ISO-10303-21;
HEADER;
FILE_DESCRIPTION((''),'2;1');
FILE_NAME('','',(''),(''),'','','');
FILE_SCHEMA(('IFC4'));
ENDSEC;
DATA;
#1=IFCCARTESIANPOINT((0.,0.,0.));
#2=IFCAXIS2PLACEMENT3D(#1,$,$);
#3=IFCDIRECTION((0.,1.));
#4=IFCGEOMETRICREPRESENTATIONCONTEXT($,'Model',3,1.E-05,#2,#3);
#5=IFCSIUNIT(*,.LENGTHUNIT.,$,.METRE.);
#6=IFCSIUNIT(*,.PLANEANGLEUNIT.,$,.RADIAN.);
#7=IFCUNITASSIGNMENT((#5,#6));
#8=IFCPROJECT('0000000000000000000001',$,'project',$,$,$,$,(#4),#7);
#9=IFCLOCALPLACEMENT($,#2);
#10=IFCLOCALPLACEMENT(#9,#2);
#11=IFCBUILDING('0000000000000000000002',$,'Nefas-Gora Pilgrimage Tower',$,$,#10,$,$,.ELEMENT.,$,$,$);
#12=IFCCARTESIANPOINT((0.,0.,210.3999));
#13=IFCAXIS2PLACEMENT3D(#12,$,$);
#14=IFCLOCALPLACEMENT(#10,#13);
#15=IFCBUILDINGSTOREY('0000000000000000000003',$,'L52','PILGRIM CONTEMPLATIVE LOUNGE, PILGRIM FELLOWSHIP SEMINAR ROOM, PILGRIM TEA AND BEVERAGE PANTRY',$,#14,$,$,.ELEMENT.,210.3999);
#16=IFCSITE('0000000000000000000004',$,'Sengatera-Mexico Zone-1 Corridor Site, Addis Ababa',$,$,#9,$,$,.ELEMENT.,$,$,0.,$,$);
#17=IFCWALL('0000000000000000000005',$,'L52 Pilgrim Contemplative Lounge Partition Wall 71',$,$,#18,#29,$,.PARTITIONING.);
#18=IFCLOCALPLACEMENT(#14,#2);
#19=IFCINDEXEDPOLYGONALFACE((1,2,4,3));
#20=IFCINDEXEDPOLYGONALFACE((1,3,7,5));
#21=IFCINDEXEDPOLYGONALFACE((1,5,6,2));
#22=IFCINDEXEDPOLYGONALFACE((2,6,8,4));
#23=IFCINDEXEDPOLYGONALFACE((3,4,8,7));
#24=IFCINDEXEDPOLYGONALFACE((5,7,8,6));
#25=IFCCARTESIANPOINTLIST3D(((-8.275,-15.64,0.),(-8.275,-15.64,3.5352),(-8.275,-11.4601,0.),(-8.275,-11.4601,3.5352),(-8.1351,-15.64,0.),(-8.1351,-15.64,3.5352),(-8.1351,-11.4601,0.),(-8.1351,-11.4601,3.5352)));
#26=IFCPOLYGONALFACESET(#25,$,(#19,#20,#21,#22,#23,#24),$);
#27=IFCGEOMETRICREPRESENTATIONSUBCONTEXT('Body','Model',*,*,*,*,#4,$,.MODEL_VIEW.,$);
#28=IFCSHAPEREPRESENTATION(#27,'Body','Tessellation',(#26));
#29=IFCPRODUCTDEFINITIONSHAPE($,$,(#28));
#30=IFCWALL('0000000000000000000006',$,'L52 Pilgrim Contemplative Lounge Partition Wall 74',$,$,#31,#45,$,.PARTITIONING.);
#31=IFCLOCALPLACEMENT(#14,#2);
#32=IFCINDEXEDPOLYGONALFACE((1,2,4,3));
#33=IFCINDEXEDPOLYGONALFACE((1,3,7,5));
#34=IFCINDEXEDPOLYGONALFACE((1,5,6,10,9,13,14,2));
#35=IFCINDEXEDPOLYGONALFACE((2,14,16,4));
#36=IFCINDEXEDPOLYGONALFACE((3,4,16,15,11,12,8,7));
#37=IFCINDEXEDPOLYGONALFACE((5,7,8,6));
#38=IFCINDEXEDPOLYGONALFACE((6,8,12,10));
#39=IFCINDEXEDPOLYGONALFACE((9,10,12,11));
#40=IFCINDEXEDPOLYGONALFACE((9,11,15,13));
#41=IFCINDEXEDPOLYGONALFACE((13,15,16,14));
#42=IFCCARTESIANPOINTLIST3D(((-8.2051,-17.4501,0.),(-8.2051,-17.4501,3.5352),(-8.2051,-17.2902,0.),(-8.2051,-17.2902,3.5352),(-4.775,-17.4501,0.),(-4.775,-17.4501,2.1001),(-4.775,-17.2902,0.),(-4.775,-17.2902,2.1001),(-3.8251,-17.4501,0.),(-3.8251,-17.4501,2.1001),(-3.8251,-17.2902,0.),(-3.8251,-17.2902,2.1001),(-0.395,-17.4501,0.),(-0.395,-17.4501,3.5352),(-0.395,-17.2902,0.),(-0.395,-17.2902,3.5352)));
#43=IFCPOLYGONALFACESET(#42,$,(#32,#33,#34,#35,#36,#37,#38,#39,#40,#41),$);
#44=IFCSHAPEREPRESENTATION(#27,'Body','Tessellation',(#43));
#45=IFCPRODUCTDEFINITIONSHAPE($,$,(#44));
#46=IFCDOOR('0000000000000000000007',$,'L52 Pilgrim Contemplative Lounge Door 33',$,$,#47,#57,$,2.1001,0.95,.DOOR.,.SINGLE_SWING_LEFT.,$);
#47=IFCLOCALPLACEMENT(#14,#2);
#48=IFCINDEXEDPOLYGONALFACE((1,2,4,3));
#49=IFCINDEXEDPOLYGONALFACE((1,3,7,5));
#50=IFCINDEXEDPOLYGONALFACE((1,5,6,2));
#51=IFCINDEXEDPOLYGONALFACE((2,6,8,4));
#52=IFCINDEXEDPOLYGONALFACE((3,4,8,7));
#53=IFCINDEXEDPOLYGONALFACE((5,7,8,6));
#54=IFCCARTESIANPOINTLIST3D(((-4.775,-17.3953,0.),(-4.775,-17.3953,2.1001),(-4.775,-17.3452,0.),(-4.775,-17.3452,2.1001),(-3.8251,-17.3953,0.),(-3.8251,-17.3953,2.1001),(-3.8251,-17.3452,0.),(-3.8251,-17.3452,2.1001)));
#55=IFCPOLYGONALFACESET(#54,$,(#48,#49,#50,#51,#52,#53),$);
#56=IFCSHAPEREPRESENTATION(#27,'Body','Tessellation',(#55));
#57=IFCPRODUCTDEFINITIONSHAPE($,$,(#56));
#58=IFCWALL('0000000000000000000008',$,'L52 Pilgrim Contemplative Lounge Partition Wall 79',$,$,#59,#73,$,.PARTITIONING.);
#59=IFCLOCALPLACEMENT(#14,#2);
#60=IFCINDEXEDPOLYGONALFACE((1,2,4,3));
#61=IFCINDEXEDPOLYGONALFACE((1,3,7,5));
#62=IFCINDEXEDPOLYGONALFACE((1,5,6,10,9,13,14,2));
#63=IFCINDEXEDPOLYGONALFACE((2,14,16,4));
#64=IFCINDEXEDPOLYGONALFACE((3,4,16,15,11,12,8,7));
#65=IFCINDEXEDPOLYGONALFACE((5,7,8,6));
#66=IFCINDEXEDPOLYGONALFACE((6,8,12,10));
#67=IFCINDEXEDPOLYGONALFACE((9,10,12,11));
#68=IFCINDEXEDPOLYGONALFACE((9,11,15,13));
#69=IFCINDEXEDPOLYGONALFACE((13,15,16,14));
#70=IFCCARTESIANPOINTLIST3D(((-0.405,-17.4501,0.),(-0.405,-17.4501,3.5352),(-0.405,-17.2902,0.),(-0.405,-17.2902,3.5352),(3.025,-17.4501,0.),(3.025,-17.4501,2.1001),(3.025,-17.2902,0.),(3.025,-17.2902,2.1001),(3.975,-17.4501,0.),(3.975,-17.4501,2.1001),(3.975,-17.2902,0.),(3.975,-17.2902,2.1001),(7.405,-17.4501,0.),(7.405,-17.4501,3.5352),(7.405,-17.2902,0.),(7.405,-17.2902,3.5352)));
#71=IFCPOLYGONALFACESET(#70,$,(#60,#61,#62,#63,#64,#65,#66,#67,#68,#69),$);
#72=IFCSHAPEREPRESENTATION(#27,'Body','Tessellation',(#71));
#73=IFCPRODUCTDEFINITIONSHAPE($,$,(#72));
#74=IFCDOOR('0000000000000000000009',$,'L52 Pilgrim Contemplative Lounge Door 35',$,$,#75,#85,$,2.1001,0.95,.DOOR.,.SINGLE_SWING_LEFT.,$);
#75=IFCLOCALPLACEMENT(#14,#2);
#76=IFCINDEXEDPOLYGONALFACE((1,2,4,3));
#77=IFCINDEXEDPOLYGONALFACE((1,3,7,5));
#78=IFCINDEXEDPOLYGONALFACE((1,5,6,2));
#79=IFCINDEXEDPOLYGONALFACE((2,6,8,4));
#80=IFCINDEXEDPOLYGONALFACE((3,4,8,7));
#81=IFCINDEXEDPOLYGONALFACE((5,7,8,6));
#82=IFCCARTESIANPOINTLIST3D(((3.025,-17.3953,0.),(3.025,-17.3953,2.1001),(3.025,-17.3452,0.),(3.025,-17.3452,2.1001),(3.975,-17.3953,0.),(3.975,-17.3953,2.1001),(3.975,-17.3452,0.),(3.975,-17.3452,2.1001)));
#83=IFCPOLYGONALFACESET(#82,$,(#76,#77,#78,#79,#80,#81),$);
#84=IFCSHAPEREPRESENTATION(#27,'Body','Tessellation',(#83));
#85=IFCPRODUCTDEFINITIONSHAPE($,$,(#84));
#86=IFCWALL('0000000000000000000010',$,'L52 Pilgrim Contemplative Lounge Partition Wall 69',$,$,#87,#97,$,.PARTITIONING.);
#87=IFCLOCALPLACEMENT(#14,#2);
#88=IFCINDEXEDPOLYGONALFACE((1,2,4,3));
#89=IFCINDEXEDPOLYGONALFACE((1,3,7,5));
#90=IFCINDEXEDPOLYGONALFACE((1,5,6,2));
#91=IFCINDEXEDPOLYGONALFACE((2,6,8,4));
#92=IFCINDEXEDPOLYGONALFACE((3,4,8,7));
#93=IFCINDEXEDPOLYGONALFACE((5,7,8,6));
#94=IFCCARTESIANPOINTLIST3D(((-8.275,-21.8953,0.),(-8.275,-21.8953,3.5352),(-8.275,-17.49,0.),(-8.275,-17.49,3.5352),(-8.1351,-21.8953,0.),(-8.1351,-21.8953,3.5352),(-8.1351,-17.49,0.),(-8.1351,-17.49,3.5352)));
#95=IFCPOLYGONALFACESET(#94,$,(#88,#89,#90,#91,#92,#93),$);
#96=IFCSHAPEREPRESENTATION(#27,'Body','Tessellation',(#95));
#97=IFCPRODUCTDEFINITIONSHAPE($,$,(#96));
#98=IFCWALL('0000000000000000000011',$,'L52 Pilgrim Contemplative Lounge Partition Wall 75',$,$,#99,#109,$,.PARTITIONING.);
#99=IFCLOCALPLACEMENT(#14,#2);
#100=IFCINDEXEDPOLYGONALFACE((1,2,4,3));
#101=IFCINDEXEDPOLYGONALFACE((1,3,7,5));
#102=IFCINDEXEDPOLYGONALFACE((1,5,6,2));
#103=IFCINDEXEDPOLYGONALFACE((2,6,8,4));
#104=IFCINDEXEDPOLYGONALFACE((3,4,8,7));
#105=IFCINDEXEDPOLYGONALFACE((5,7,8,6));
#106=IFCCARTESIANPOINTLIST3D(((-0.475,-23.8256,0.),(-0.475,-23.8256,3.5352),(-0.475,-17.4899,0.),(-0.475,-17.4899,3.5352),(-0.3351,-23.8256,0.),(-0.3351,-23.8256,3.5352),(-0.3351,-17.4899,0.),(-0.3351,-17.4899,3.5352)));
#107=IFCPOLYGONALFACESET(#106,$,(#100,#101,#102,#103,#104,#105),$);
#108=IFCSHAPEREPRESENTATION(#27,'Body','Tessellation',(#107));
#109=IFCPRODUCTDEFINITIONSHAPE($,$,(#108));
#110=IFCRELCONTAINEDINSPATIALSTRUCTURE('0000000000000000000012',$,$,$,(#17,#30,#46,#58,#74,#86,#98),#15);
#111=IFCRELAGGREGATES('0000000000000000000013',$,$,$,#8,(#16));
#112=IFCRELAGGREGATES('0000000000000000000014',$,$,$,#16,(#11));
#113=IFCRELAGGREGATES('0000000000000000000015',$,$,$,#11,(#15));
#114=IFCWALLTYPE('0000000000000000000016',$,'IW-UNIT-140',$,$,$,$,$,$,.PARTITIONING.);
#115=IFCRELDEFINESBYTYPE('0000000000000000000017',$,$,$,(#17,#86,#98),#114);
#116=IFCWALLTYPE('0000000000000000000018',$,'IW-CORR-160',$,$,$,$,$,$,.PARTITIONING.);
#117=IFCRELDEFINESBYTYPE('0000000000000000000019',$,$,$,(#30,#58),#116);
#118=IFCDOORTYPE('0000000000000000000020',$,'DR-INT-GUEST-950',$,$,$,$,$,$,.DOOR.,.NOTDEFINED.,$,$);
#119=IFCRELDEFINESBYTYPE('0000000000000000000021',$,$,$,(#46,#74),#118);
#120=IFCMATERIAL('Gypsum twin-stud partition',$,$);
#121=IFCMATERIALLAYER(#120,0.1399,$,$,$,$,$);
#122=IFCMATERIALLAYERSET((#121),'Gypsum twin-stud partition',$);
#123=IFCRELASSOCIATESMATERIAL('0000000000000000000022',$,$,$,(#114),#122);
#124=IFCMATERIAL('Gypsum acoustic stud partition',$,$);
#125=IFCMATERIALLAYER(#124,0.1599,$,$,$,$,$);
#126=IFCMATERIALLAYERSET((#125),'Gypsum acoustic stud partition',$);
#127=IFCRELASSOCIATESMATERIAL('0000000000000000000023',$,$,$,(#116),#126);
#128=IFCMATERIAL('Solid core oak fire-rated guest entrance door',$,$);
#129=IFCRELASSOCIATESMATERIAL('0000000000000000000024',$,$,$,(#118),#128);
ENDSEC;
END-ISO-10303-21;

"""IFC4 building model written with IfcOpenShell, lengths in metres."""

from ifc_helpers import new_model, si_unit, direction, frame, frame_2d, origin, place, context, subcontext, project, spatial, rectangle, extrude, source, transform, mapped, material, layer, layer_set, type_object, element, fill, save


model = new_model("IFC4")

# Units and contexts
model_context = context("Model", 3, precision=1e-05, world=origin(), true_north=direction((0.0, 1.0)))
body_context = subcontext(model_context, "Body", "Model", "MODEL_VIEW")
ifc_project = project(units=[si_unit("LENGTHUNIT", "METRE"), si_unit("PLANEANGLEUNIT", "RADIAN")], contexts=[model_context])

# Site, building, storey
site_placement = place(None, origin())
site = spatial("IfcSite", under=ifc_project, at=site_placement, Name="Sengatera-Mexico Zone-1 Corridor Site, Addis Ababa", CompositionType="ELEMENT", RefElevation=0.0)
building_placement = place(site_placement, origin())
building = spatial("IfcBuilding", under=site, at=building_placement, Name="Nefas-Gora Pilgrimage Tower", CompositionType="ELEMENT")
storey_placement = place(building_placement, frame((0.0, 0.0, 210.3999)))
storey = spatial("IfcBuildingStorey", under=building, at=storey_placement, Name="L52", Description="PILGRIM CONTEMPLATIVE LOUNGE, PILGRIM FELLOWSHIP SEMINAR ROOM, PILGRIM TEA AND BEVERAGE PANTRY", CompositionType="ELEMENT", Elevation=210.3999)

# Wall
ifc_material_1 = material(Name="Gypsum twin-stud partition")
ifc_layer_1 = layer(ifc_material_1, 0.1399)
ifc_layer_set_1 = layer_set([ifc_layer_1], Name="Gypsum twin-stud partition")
wall_type_1 = type_object("IfcWallType", Name="IW-UNIT-140", PredefinedType="PARTITIONING", material=ifc_layer_set_1)
shared_shape_1 = source(origin(), body_context, "Body", "SweptSolid", [
    extrude(rectangle(XDim=4.1799, YDim=0.1399, at=frame_2d((2.0898, 0.0))), origin(), (0.0, 0.0, 1.0), 3.5352),
])
wall_1_placement = place(storey_placement, frame((-8.2051, -15.6399, 0.0), z_axis=(0.0, 0.0, 1.0), x_axis=(0.0, 1.0, 0.0)))
element("IfcWall", 1, at=wall_1_placement, inside=storey, type_object=wall_type_1, Name="L52 Pilgrim Contemplative Lounge Partition Wall 71", PredefinedType="PARTITIONING", context=body_context, shape_type="MappedRepresentation", body=[
    mapped(shared_shape_1, transform((0.0, 0.0, 0.0), x_axis=(1.0, 0.0, 0.0), y_axis=(0.0, 1.0, 0.0), z_axis=(0.0, 0.0, 1.0), scale=1.0)),
])

# Walls, openings, doors
ifc_material_2 = material(Name="Gypsum acoustic stud partition")
ifc_layer_2 = layer(ifc_material_2, 0.1599)
ifc_layer_set_2 = layer_set([ifc_layer_2], Name="Gypsum acoustic stud partition")
wall_type_2 = type_object("IfcWallType", Name="IW-CORR-160", PredefinedType="PARTITIONING", material=ifc_layer_set_2)
shared_shape_2 = source(origin(), body_context, "Body", "SweptSolid", [
    extrude(rectangle(XDim=7.8101, YDim=0.1599, at=frame_2d((3.905, 0.0))), origin(), (0.0, 0.0, 1.0), 3.5352),
])
wall_2_placement = place(storey_placement, frame((-8.2051, -17.3701, 0.0), z_axis=(0.0, 0.0, 1.0), x_axis=(1.0, 0.0, 0.0)))
wall_2 = element("IfcWall", 2, at=wall_2_placement, inside=storey, type_object=wall_type_2, Name="L52 Pilgrim Contemplative Lounge Partition Wall 74", PredefinedType="PARTITIONING", context=body_context, shape_type="MappedRepresentation", body=[
    mapped(shared_shape_2, transform((0.0, 0.0, 0.0), x_axis=(1.0, 0.0, 0.0), y_axis=(0.0, 1.0, 0.0), z_axis=(0.0, 0.0, 1.0), scale=1.0)),
])
opening_1_placement = place(wall_2_placement, frame((3.4299, 0.0, 0.0)))
opening_1 = element("IfcOpeningElement", 3, at=opening_1_placement, cuts=wall_2, PredefinedType="OPENING", context=body_context, shape_type="SweptSolid", body=[
    extrude(rectangle(XDim=0.95, YDim=2.1001, at=frame_2d((0.4751, 1.05))), frame((0.0, 0.0898, 0.0), z_axis=(0.0, -1.0, 0.0), x_axis=(1.0, 0.0, 0.0)), (0.0, 0.0, 1.0), 0.1799),
])
ifc_material_3 = material(Name="Solid core oak fire-rated guest entrance door")
door_type_1 = type_object("IfcDoorType", Name="DR-INT-GUEST-950", OperationType="NOTDEFINED", PredefinedType="DOOR", material=ifc_material_3)
shared_shape_3 = source(origin(), body_context, "Body", "SweptSolid", [
    extrude(rectangle(XDim=0.95, YDim=2.1001, at=frame_2d((0.4751, 1.05))), frame((0.0, 0.0249, 0.0), z_axis=(0.0, -1.0, 0.0), x_axis=(1.0, 0.0, 0.0)), (0.0, 0.0, 1.0), 0.05),
])
door_1_placement = place(opening_1_placement, origin())
door_1 = element("IfcDoor", 4, at=door_1_placement, inside=storey, type_object=door_type_1, Name="L52 Pilgrim Contemplative Lounge Door 33", OperationType="SINGLE_SWING_LEFT", OverallHeight=2.1001, OverallWidth=0.95, PredefinedType="DOOR", context=body_context, shape_type="MappedRepresentation", body=[
    mapped(shared_shape_3, transform((0.0, 0.0, 0.0), x_axis=(1.0, 0.0, 0.0), y_axis=(0.0, 1.0, 0.0), z_axis=(0.0, 0.0, 1.0), scale=1.0)),
])
fill(opening_1, door_1)
wall_3_placement = place(storey_placement, frame((-0.405, -17.3701, 0.0), z_axis=(0.0, 0.0, 1.0), x_axis=(1.0, 0.0, 0.0)))
wall_3 = element("IfcWall", 5, at=wall_3_placement, inside=storey, type_object=wall_type_2, Name="L52 Pilgrim Contemplative Lounge Partition Wall 79", PredefinedType="PARTITIONING", context=body_context, shape_type="MappedRepresentation", body=[
    mapped(shared_shape_2, transform((0.0, 0.0, 0.0), x_axis=(1.0, 0.0, 0.0), y_axis=(0.0, 1.0, 0.0), z_axis=(0.0, 0.0, 1.0), scale=1.0)),
])
opening_2_placement = place(wall_3_placement, frame((3.4299, 0.0, 0.0)))
opening_2 = element("IfcOpeningElement", 6, at=opening_2_placement, cuts=wall_3, PredefinedType="OPENING", context=body_context, shape_type="SweptSolid", body=[
    extrude(rectangle(XDim=0.95, YDim=2.1001, at=frame_2d((0.4751, 1.05))), frame((0.0, 0.0898, 0.0), z_axis=(0.0, -1.0, 0.0), x_axis=(1.0, 0.0, 0.0)), (0.0, 0.0, 1.0), 0.1799),
])
door_2_placement = place(opening_2_placement, origin())
door_2 = element("IfcDoor", 7, at=door_2_placement, inside=storey, type_object=door_type_1, Name="L52 Pilgrim Contemplative Lounge Door 35", OperationType="SINGLE_SWING_LEFT", OverallHeight=2.1001, OverallWidth=0.95, PredefinedType="DOOR", context=body_context, shape_type="MappedRepresentation", body=[
    mapped(shared_shape_3, transform((0.0, 0.0, 0.0), x_axis=(1.0, 0.0, 0.0), y_axis=(0.0, 1.0, 0.0), z_axis=(0.0, 0.0, 1.0), scale=1.0)),
])
fill(opening_2, door_2)

# Walls
shared_shape_4 = source(origin(), body_context, "Body", "SweptSolid", [
    extrude(rectangle(XDim=4.4053, YDim=0.1399, at=frame_2d((2.2026, 0.0))), origin(), (0.0, 0.0, 1.0), 3.5352),
])
wall_4_placement = place(storey_placement, frame((-8.2051, -21.8953, 0.0), z_axis=(0.0, 0.0, 1.0), x_axis=(0.0, 1.0, 0.0)))
element("IfcWall", 8, at=wall_4_placement, inside=storey, type_object=wall_type_1, Name="L52 Pilgrim Contemplative Lounge Partition Wall 69", PredefinedType="PARTITIONING", context=body_context, shape_type="MappedRepresentation", body=[
    mapped(shared_shape_4, transform((0.0, 0.0, 0.0), x_axis=(1.0, 0.0, 0.0), y_axis=(0.0, 1.0, 0.0), z_axis=(0.0, 0.0, 1.0), scale=1.0)),
])
shared_shape_5 = source(origin(), body_context, "Body", "SweptSolid", [
    extrude(rectangle(XDim=6.3357, YDim=0.1399, at=frame_2d((3.168, 0.0))), origin(), (0.0, 0.0, 1.0), 3.5352),
])
wall_5_placement = place(storey_placement, frame((-0.405, -23.8257, 0.0), z_axis=(0.0, 0.0, 1.0), x_axis=(0.0, 1.0, 0.0)))
element("IfcWall", 9, at=wall_5_placement, inside=storey, type_object=wall_type_1, Name="L52 Pilgrim Contemplative Lounge Partition Wall 75", PredefinedType="PARTITIONING", context=body_context, shape_type="MappedRepresentation", body=[
    mapped(shared_shape_5, transform((0.0, 0.0, 0.0), x_axis=(1.0, 0.0, 0.0), y_axis=(0.0, 1.0, 0.0), z_axis=(0.0, 0.0, 1.0), scale=1.0)),
])

save(model, "model.ifc")
